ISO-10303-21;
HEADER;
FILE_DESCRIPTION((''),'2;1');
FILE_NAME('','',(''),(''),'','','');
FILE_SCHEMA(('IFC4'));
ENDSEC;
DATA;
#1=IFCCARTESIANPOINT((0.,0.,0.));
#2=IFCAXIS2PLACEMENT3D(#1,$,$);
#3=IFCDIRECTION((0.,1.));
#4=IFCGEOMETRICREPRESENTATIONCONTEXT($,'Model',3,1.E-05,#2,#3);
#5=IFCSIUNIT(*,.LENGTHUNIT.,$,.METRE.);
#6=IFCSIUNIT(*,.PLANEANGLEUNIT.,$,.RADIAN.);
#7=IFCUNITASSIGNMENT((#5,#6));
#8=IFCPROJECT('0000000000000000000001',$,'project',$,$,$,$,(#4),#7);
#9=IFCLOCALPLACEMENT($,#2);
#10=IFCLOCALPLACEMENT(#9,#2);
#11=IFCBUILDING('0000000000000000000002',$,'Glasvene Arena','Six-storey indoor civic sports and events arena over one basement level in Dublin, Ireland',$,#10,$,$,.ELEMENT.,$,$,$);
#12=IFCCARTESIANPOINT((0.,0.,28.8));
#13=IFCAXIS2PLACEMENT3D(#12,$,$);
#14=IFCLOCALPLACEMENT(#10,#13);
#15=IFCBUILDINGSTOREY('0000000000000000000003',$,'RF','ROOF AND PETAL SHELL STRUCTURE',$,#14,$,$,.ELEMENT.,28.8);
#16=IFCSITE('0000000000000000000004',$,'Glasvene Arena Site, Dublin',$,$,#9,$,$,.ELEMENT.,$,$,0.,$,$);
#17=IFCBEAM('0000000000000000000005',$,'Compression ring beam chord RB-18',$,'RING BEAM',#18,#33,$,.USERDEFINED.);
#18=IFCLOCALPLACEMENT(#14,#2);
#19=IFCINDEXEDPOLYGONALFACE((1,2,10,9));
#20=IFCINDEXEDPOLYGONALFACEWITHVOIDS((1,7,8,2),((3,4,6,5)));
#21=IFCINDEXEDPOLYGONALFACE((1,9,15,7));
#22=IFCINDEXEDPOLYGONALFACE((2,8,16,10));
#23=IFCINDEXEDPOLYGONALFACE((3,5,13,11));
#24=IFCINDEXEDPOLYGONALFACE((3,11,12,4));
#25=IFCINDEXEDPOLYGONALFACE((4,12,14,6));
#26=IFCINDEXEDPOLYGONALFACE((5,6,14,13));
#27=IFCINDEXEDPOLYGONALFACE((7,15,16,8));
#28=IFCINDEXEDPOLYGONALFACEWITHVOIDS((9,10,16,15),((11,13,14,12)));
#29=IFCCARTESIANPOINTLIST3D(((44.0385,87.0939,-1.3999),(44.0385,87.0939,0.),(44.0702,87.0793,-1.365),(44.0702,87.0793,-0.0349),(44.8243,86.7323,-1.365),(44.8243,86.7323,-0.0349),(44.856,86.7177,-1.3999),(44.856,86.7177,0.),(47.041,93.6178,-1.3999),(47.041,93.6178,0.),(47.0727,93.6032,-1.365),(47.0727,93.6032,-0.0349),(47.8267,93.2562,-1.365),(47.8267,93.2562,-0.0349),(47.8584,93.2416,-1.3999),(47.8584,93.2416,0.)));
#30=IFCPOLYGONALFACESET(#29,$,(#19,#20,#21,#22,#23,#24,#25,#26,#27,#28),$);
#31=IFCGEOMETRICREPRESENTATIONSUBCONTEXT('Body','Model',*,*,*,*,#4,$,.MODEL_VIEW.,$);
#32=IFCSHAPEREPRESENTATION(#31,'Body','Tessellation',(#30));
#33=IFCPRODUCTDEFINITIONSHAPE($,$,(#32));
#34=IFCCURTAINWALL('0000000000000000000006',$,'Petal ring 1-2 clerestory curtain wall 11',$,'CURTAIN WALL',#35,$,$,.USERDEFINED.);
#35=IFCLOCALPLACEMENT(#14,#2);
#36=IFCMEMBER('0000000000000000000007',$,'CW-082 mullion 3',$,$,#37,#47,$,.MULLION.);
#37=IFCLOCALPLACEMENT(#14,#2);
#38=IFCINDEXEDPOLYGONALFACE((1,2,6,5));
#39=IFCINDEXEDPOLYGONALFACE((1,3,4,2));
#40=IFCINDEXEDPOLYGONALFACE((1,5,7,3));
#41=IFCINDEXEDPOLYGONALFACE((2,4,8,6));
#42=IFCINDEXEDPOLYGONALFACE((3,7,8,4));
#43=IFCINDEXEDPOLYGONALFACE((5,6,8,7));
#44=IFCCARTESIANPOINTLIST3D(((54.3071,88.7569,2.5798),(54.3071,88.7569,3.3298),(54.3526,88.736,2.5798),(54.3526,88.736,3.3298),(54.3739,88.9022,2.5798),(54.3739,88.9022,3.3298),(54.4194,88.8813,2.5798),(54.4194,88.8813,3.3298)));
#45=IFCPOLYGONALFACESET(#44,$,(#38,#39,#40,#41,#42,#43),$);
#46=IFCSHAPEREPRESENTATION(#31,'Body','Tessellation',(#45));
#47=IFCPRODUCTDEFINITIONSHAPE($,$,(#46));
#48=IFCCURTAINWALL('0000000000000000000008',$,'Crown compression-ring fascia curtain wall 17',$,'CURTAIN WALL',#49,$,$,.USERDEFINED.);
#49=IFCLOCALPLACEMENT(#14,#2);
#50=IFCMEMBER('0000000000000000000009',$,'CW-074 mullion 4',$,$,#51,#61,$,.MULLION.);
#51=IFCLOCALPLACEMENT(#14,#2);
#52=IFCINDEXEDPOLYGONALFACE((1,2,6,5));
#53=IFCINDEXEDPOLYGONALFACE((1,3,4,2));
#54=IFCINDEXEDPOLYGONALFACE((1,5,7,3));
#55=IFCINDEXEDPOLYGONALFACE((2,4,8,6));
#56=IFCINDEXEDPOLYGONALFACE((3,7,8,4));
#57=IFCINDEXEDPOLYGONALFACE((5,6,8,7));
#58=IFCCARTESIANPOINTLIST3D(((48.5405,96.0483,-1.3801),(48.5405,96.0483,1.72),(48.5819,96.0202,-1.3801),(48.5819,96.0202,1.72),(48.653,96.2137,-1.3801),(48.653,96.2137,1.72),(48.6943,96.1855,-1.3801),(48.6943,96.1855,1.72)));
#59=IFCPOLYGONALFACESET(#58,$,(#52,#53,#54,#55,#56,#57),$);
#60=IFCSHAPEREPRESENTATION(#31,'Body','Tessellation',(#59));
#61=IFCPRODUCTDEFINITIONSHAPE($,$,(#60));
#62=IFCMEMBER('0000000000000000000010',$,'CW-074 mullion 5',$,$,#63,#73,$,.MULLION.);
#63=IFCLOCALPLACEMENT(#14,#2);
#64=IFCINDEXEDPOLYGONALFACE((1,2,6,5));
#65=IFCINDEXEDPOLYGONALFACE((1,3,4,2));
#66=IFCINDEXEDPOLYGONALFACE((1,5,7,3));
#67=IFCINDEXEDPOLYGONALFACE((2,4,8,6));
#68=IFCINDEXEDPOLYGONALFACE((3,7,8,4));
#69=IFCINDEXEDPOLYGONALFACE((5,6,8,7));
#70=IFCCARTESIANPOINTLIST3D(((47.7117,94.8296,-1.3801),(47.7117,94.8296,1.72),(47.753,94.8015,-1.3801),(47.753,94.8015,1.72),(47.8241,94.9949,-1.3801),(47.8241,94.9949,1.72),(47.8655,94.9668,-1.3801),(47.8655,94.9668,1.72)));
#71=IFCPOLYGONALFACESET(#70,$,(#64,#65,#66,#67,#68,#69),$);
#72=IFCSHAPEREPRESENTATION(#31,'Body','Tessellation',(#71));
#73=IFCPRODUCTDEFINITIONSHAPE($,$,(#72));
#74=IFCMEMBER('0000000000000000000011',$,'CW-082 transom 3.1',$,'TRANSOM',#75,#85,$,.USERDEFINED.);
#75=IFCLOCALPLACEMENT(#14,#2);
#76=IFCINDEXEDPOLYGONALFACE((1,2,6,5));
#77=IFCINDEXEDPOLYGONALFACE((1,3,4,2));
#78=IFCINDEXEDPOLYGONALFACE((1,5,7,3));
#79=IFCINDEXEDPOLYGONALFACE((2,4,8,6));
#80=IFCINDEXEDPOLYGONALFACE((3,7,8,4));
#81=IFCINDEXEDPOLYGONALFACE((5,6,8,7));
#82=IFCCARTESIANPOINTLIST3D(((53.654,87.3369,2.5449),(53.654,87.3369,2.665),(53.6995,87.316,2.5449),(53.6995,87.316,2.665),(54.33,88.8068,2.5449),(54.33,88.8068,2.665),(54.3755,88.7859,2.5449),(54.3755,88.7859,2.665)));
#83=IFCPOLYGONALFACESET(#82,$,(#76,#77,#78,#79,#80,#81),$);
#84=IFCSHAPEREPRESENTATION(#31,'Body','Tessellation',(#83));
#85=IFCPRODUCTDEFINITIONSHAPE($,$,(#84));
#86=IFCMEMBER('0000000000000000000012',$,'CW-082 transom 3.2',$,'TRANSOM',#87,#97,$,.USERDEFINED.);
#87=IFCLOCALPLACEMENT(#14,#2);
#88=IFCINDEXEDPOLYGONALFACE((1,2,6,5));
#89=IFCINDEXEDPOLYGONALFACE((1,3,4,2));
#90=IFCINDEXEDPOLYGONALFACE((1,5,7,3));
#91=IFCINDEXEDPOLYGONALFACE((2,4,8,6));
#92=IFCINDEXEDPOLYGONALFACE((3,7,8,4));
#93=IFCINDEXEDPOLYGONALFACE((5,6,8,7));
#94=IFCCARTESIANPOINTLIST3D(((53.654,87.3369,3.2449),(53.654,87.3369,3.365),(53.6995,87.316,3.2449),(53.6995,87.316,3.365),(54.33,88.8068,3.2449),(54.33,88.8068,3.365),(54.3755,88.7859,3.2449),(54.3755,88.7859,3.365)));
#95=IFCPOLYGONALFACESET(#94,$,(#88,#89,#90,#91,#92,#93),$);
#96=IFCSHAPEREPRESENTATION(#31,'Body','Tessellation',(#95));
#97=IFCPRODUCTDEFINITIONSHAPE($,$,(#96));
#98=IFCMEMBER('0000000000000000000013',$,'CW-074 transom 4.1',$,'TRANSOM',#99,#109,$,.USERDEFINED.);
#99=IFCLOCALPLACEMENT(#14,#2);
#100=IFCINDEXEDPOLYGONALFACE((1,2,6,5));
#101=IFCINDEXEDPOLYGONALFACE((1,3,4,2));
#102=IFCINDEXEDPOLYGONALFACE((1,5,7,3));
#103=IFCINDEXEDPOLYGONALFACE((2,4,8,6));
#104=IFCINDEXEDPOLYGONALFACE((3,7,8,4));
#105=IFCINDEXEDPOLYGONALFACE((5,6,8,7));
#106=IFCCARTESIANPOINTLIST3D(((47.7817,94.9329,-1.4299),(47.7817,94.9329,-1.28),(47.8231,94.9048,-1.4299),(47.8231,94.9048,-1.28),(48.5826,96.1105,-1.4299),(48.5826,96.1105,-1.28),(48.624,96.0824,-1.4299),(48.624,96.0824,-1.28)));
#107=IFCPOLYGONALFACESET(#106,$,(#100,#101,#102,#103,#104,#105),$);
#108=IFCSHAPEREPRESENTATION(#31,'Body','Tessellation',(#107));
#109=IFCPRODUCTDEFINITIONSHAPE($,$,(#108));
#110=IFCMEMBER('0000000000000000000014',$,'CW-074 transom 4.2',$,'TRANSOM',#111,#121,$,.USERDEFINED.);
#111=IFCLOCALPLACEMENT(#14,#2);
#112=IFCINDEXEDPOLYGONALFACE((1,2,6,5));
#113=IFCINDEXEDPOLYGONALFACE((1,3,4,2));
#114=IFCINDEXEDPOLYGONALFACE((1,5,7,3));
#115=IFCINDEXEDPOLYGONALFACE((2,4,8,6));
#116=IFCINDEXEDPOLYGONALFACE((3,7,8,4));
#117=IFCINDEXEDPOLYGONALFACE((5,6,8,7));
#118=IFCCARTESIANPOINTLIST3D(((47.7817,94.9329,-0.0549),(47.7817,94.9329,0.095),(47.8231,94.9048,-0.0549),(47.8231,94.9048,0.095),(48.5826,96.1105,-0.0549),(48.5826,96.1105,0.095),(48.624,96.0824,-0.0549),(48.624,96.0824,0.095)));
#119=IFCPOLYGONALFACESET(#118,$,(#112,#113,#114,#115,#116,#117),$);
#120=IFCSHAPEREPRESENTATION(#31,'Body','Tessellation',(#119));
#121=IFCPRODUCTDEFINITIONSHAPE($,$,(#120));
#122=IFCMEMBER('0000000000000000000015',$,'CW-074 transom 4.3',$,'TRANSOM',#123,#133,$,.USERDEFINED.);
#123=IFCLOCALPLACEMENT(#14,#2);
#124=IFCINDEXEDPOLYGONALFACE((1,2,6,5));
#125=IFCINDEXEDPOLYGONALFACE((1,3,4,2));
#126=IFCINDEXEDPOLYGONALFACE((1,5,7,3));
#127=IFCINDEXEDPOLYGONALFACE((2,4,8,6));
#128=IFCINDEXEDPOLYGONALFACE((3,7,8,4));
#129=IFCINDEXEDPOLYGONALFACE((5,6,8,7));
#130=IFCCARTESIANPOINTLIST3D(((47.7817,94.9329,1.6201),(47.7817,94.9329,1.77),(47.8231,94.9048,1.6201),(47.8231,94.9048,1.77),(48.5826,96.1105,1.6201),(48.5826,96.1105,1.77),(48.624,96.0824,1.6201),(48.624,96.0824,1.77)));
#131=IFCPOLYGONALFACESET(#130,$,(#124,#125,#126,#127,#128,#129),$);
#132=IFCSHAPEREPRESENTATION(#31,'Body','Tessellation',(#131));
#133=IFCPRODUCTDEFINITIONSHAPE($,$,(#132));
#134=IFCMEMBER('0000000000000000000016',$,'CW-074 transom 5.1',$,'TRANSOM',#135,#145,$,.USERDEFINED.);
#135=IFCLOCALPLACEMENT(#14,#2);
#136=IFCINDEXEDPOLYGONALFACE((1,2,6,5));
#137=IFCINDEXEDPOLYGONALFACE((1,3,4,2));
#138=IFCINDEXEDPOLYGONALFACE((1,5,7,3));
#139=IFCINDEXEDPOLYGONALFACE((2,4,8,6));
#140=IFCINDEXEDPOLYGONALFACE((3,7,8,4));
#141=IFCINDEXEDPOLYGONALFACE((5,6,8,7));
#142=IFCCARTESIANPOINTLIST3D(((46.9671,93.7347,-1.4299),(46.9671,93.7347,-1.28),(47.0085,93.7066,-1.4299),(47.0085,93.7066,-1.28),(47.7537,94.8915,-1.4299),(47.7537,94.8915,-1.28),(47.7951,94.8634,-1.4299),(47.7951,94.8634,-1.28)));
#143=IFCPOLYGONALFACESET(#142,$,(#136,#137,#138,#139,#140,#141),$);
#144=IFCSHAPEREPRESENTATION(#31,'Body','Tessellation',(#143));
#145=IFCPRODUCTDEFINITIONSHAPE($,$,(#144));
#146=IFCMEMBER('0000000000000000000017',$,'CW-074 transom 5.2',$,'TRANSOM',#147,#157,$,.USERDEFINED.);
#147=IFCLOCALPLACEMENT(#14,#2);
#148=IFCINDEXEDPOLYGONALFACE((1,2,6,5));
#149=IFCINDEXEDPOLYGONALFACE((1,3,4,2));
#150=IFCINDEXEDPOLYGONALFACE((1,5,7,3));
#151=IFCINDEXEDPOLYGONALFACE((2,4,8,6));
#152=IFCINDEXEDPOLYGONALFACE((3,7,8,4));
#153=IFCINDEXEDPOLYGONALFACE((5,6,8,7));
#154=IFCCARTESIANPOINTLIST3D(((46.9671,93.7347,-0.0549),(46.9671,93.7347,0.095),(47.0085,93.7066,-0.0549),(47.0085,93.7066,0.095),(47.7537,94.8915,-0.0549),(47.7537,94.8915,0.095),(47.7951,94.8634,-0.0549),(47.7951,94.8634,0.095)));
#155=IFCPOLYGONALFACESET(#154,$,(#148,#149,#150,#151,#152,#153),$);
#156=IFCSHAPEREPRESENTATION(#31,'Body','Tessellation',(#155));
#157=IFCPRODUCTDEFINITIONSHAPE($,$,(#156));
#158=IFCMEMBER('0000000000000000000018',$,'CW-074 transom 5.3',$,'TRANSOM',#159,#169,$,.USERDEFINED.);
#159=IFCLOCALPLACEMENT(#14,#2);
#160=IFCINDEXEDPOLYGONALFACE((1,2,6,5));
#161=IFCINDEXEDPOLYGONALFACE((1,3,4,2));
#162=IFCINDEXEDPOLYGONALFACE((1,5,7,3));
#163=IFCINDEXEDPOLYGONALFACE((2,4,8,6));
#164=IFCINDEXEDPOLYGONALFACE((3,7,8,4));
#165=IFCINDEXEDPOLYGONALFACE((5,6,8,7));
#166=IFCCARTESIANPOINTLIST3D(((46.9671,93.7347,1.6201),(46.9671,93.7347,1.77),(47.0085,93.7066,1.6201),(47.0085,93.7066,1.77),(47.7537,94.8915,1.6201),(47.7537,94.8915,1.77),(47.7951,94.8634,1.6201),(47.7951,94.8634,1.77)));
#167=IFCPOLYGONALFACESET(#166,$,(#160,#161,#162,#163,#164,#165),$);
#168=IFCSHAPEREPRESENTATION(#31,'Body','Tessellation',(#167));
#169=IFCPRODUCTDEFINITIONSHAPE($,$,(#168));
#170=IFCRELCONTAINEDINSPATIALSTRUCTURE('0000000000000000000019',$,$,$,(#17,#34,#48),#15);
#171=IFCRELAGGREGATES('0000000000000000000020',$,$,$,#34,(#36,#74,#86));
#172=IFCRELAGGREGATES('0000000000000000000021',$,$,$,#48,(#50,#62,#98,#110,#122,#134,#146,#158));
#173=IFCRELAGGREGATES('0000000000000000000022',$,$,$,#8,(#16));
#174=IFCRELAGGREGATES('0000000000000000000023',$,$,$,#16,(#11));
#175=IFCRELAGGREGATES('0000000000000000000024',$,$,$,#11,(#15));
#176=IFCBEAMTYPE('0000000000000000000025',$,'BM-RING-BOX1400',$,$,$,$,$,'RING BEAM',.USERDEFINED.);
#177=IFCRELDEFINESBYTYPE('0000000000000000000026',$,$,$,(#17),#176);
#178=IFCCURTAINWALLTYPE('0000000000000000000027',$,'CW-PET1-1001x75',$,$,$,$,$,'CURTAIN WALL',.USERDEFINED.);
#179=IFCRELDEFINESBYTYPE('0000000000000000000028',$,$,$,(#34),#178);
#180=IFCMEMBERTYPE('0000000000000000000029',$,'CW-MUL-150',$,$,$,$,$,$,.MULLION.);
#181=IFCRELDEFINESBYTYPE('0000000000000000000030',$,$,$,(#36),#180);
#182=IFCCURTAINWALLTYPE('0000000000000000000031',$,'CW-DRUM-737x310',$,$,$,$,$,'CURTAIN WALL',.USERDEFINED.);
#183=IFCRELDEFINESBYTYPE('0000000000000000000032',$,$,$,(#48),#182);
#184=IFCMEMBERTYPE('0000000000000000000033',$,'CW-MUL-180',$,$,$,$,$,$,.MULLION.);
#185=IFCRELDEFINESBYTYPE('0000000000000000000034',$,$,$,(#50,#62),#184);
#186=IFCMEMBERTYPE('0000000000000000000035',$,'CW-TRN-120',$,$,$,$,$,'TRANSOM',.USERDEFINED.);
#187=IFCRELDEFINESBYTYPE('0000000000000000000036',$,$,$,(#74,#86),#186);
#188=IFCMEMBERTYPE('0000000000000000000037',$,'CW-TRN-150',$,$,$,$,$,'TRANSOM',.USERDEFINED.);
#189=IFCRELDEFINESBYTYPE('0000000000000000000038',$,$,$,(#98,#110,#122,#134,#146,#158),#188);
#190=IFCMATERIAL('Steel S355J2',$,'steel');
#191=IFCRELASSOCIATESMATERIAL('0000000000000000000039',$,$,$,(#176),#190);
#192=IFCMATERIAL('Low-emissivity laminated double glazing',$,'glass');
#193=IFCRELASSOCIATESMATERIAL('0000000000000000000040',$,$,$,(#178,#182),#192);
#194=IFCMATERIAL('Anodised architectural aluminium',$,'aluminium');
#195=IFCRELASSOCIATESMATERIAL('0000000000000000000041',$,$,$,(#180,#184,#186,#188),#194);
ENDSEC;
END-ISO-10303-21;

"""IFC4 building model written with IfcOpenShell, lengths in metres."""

from ifc_helpers import new_model, si_unit, direction, frame, origin, origin_2d, place, context, subcontext, project, spatial, rectangle, hollow_rectangle, extrude, material, material_profile, profile_set, type_object, element, aggregate, save


model = new_model("IFC4")

# Units and contexts
model_context = context("Model", 3, precision=1e-05, world=origin(), true_north=direction((0.0, 1.0)))
body_context = subcontext(model_context, "Body", "Model", "MODEL_VIEW")
ifc_project = project(units=[si_unit("LENGTHUNIT", "METRE"), si_unit("PLANEANGLEUNIT", "RADIAN")], contexts=[model_context])

# Site, building, storey
site_placement = place(None, origin())
site = spatial("IfcSite", under=ifc_project, at=site_placement, Name="Glasvene Arena Site, Dublin", CompositionType="ELEMENT", RefElevation=0.0)
building_placement = place(site_placement, origin())
building = spatial("IfcBuilding", under=site, at=building_placement, Name="Glasvene Arena", Description="Six-storey indoor civic sports and events arena over one basement level in Dublin, Ireland", CompositionType="ELEMENT")
storey_placement = place(building_placement, frame((0.0, 0.0, 28.8)))
storey = spatial("IfcBuildingStorey", under=building, at=storey_placement, Name="RF", Description="ROOF AND PETAL SHELL STRUCTURE", CompositionType="ELEMENT", Elevation=28.8)

# Beam
ifc_material_1 = material(Name="Steel S355J2", Category="steel")
ifc_material_profile_1 = material_profile(ifc_material_1, hollow_rectangle(XDim=0.8999, YDim=1.3999, WallThickness=0.0349, at=origin_2d()), Name="WBOX 900x1400x35")
ifc_profile_set_1 = profile_set([ifc_material_profile_1], Name="Steel S355J2")
beam_type = type_object("IfcBeamType", Name="BM-RING-BOX1400", ElementType="RING BEAM", PredefinedType="USERDEFINED", material=ifc_profile_set_1)
beam_placement = place(storey_placement, frame((47.4497, 93.4297, -0.7), z_axis=(-0.418071, -0.908415, 0.0), x_axis=(0.908415, -0.418071, 0.0)))
element("IfcBeam", 1, at=beam_placement, inside=storey, type_object=beam_type, Name="Compression ring beam chord RB-18", ObjectType="RING BEAM", PredefinedType="USERDEFINED", context=body_context, shape_type="SweptSolid", body=[
    extrude(hollow_rectangle(XDim=0.8999, YDim=1.3999, WallThickness=0.0349, at=origin_2d()), origin(), (0.0, 0.0, 1.0), 7.1816),
])

# Curtain wall, member
ifc_material_2 = material(Name="Low-emissivity laminated double glazing", Category="glass")
curtain_wall_type_1 = type_object("IfcCurtainWallType", Name="CW-PET1-1001x75", ElementType="CURTAIN WALL", PredefinedType="USERDEFINED", material=ifc_material_2)
curtain_wall_1_placement = place(storey_placement, frame((55.7568, 91.8501, 0.0)))
curtain_wall_1 = element("IfcCurtainWall", 2, at=curtain_wall_1_placement, inside=storey, type_object=curtain_wall_type_1, Name="Petal ring 1-2 clerestory curtain wall 11", ObjectType="CURTAIN WALL", PredefinedType="USERDEFINED")
ifc_material_3 = material(Name="Anodised architectural aluminium", Category="aluminium")
ifc_material_profile_2 = material_profile(ifc_material_3, rectangle(XDim=0.05, YDim=0.1599, at=origin_2d()), Name="ALU MULLION 50x160")
ifc_profile_set_2 = profile_set([ifc_material_profile_2], Name="Anodised architectural aluminium")
member_type_1 = type_object("IfcMemberType", Name="CW-MUL-150", PredefinedType="MULLION", material=ifc_profile_set_2)
member_1_placement = place(storey_placement, frame((54.3633, 88.8191, 2.5798), z_axis=(0.0, 0.0, 1.0), x_axis=(0.908557, -0.417761, 0.0)))
member_1 = element("IfcMember", 3, at=member_1_placement, type_object=member_type_1, Name="CW-082 mullion 3", PredefinedType="MULLION", context=body_context, shape_type="SweptSolid", body=[
    extrude(rectangle(XDim=0.05, YDim=0.1599, at=origin_2d()), origin(), (0.0, 0.0, 1.0), 0.75),
])

# Curtain wall, members
curtain_wall_type_2 = type_object("IfcCurtainWallType", Name="CW-DRUM-737x310", ElementType="CURTAIN WALL", PredefinedType="USERDEFINED", material=ifc_material_2)
curtain_wall_2_placement = place(storey_placement, frame((51.1042, 99.7737, 0.0)))
curtain_wall_2 = element("IfcCurtainWall", 4, at=curtain_wall_2_placement, inside=storey, type_object=curtain_wall_type_2, Name="Crown compression-ring fascia curtain wall 17", ObjectType="CURTAIN WALL", PredefinedType="USERDEFINED")
ifc_material_profile_3 = material_profile(ifc_material_3, rectangle(XDim=0.05, YDim=0.2, at=origin_2d()), Name="ALU MULLION 50x200")
ifc_profile_set_3 = profile_set([ifc_material_profile_3], Name="Anodised architectural aluminium")
member_type_2 = type_object("IfcMemberType", Name="CW-MUL-180", PredefinedType="MULLION", material=ifc_profile_set_3)
member_2_placement = place(storey_placement, frame((48.6174, 96.1169, -1.3801), z_axis=(0.0, 0.0, 1.0), x_axis=(0.826896, -0.562354, 0.0)))
member_2 = element("IfcMember", 5, at=member_2_placement, type_object=member_type_2, Name="CW-074 mullion 4", PredefinedType="MULLION", context=body_context, shape_type="SweptSolid", body=[
    extrude(rectangle(XDim=0.05, YDim=0.2, at=origin_2d()), origin(), (0.0, 0.0, 1.0), 3.1001),
])
member_3_placement = place(storey_placement, frame((47.7886, 94.8982, -1.3801), z_axis=(0.0, 0.0, 1.0), x_axis=(0.826896, -0.562354, 0.0)))
member_3 = element("IfcMember", 6, at=member_3_placement, type_object=member_type_2, Name="CW-074 mullion 5", PredefinedType="MULLION", context=body_context, shape_type="SweptSolid", body=[
    extrude(rectangle(XDim=0.05, YDim=0.2, at=origin_2d()), origin(), (0.0, 0.0, 1.0), 3.1001),
])

# Members
ifc_material_profile_4 = material_profile(ifc_material_3, rectangle(XDim=0.05, YDim=0.1201, at=origin_2d()), Name="ALU TRANSOM 50x120")
ifc_profile_set_4 = profile_set([ifc_material_profile_4], Name="Anodised architectural aluminium")
member_type_3 = type_object("IfcMemberType", Name="CW-TRN-120", ElementType="TRANSOM", PredefinedType="USERDEFINED", material=ifc_profile_set_4)
member_4_placement = place(storey_placement, frame((54.3528, 88.7964, 2.605), z_axis=(-0.417823, -0.908528, 0.0), x_axis=(0.908528, -0.417823, 0.0)))
member_4 = element("IfcMember", 7, at=member_4_placement, type_object=member_type_3, Name="CW-082 transom 3.1", ObjectType="TRANSOM", PredefinedType="USERDEFINED", context=body_context, shape_type="SweptSolid", body=[
    extrude(rectangle(XDim=0.05, YDim=0.1201, at=origin_2d()), origin(), (0.0, 0.0, 1.0), 1.6179),
])
member_5_placement = place(storey_placement, frame((54.3528, 88.7964, 3.3049), z_axis=(-0.417823, -0.908528, 0.0), x_axis=(0.908528, -0.417823, 0.0)))
member_5 = element("IfcMember", 8, at=member_5_placement, type_object=member_type_3, Name="CW-082 transom 3.2", ObjectType="TRANSOM", PredefinedType="USERDEFINED", context=body_context, shape_type="SweptSolid", body=[
    extrude(rectangle(XDim=0.05, YDim=0.1201, at=origin_2d()), origin(), (0.0, 0.0, 1.0), 1.6179),
])
ifc_material_profile_5 = material_profile(ifc_material_3, rectangle(XDim=0.05, YDim=0.1499, at=origin_2d()), Name="ALU TRANSOM 50x150")
ifc_profile_set_5 = profile_set([ifc_material_profile_5], Name="Anodised architectural aluminium")
member_type_4 = type_object("IfcMemberType", Name="CW-TRN-150", ElementType="TRANSOM", PredefinedType="USERDEFINED", material=ifc_profile_set_5)
member_6_placement = place(storey_placement, frame((48.6033, 96.0964, -1.355), z_axis=(-0.562352, -0.826898, 0.0), x_axis=(0.826898, -0.562352, 0.0)))
member_6 = element("IfcMember", 9, at=member_6_placement, type_object=member_type_4, Name="CW-074 transom 4.1", ObjectType="TRANSOM", PredefinedType="USERDEFINED", context=body_context, shape_type="SweptSolid", body=[
    extrude(rectangle(XDim=0.05, YDim=0.1499, at=origin_2d()), origin(), (0.0, 0.0, 1.0), 1.4241),
])
member_7_placement = place(storey_placement, frame((48.6033, 96.0964, 0.02), z_axis=(-0.562352, -0.826898, 0.0), x_axis=(0.826898, -0.562352, 0.0)))
member_7 = element("IfcMember", 10, at=member_7_placement, type_object=member_type_4, Name="CW-074 transom 4.2", ObjectType="TRANSOM", PredefinedType="USERDEFINED", context=body_context, shape_type="SweptSolid", body=[
    extrude(rectangle(XDim=0.05, YDim=0.1499, at=origin_2d()), origin(), (0.0, 0.0, 1.0), 1.4241),
])
member_8_placement = place(storey_placement, frame((48.6033, 96.0964, 1.6951), z_axis=(-0.562352, -0.826898, 0.0), x_axis=(0.826898, -0.562352, 0.0)))
member_8 = element("IfcMember", 11, at=member_8_placement, type_object=member_type_4, Name="CW-074 transom 4.3", ObjectType="TRANSOM", PredefinedType="USERDEFINED", context=body_context, shape_type="SweptSolid", body=[
    extrude(rectangle(XDim=0.05, YDim=0.1499, at=origin_2d()), origin(), (0.0, 0.0, 1.0), 1.4241),
])
member_9_placement = place(storey_placement, frame((47.7744, 94.8774, -1.355), z_axis=(-0.562329, -0.826914, 0.0), x_axis=(0.826914, -0.562329, 0.0)))
member_9 = element("IfcMember", 12, at=member_9_placement, type_object=member_type_4, Name="CW-074 transom 5.1", ObjectType="TRANSOM", PredefinedType="USERDEFINED", context=body_context, shape_type="SweptSolid", body=[
    extrude(rectangle(XDim=0.05, YDim=0.1499, at=origin_2d()), origin(), (0.0, 0.0, 1.0), 1.3989),
])
member_10_placement = place(storey_placement, frame((47.7744, 94.8774, 0.02), z_axis=(-0.562329, -0.826914, 0.0), x_axis=(0.826914, -0.562329, 0.0)))
member_10 = element("IfcMember", 13, at=member_10_placement, type_object=member_type_4, Name="CW-074 transom 5.2", ObjectType="TRANSOM", PredefinedType="USERDEFINED", context=body_context, shape_type="SweptSolid", body=[
    extrude(rectangle(XDim=0.05, YDim=0.1499, at=origin_2d()), origin(), (0.0, 0.0, 1.0), 1.3989),
])
member_11_placement = place(storey_placement, frame((47.7744, 94.8774, 1.6951), z_axis=(-0.562329, -0.826914, 0.0), x_axis=(0.826914, -0.562329, 0.0)))
member_11 = element("IfcMember", 14, at=member_11_placement, type_object=member_type_4, Name="CW-074 transom 5.3", ObjectType="TRANSOM", PredefinedType="USERDEFINED", context=body_context, shape_type="SweptSolid", body=[
    extrude(rectangle(XDim=0.05, YDim=0.1499, at=origin_2d()), origin(), (0.0, 0.0, 1.0), 1.3989),
])

aggregate(curtain_wall_1, [member_1, member_4, member_5])
aggregate(curtain_wall_2, [member_2, member_3, member_6, member_7, member_8, member_9, member_10, member_11])

save(model, "model.ifc")
